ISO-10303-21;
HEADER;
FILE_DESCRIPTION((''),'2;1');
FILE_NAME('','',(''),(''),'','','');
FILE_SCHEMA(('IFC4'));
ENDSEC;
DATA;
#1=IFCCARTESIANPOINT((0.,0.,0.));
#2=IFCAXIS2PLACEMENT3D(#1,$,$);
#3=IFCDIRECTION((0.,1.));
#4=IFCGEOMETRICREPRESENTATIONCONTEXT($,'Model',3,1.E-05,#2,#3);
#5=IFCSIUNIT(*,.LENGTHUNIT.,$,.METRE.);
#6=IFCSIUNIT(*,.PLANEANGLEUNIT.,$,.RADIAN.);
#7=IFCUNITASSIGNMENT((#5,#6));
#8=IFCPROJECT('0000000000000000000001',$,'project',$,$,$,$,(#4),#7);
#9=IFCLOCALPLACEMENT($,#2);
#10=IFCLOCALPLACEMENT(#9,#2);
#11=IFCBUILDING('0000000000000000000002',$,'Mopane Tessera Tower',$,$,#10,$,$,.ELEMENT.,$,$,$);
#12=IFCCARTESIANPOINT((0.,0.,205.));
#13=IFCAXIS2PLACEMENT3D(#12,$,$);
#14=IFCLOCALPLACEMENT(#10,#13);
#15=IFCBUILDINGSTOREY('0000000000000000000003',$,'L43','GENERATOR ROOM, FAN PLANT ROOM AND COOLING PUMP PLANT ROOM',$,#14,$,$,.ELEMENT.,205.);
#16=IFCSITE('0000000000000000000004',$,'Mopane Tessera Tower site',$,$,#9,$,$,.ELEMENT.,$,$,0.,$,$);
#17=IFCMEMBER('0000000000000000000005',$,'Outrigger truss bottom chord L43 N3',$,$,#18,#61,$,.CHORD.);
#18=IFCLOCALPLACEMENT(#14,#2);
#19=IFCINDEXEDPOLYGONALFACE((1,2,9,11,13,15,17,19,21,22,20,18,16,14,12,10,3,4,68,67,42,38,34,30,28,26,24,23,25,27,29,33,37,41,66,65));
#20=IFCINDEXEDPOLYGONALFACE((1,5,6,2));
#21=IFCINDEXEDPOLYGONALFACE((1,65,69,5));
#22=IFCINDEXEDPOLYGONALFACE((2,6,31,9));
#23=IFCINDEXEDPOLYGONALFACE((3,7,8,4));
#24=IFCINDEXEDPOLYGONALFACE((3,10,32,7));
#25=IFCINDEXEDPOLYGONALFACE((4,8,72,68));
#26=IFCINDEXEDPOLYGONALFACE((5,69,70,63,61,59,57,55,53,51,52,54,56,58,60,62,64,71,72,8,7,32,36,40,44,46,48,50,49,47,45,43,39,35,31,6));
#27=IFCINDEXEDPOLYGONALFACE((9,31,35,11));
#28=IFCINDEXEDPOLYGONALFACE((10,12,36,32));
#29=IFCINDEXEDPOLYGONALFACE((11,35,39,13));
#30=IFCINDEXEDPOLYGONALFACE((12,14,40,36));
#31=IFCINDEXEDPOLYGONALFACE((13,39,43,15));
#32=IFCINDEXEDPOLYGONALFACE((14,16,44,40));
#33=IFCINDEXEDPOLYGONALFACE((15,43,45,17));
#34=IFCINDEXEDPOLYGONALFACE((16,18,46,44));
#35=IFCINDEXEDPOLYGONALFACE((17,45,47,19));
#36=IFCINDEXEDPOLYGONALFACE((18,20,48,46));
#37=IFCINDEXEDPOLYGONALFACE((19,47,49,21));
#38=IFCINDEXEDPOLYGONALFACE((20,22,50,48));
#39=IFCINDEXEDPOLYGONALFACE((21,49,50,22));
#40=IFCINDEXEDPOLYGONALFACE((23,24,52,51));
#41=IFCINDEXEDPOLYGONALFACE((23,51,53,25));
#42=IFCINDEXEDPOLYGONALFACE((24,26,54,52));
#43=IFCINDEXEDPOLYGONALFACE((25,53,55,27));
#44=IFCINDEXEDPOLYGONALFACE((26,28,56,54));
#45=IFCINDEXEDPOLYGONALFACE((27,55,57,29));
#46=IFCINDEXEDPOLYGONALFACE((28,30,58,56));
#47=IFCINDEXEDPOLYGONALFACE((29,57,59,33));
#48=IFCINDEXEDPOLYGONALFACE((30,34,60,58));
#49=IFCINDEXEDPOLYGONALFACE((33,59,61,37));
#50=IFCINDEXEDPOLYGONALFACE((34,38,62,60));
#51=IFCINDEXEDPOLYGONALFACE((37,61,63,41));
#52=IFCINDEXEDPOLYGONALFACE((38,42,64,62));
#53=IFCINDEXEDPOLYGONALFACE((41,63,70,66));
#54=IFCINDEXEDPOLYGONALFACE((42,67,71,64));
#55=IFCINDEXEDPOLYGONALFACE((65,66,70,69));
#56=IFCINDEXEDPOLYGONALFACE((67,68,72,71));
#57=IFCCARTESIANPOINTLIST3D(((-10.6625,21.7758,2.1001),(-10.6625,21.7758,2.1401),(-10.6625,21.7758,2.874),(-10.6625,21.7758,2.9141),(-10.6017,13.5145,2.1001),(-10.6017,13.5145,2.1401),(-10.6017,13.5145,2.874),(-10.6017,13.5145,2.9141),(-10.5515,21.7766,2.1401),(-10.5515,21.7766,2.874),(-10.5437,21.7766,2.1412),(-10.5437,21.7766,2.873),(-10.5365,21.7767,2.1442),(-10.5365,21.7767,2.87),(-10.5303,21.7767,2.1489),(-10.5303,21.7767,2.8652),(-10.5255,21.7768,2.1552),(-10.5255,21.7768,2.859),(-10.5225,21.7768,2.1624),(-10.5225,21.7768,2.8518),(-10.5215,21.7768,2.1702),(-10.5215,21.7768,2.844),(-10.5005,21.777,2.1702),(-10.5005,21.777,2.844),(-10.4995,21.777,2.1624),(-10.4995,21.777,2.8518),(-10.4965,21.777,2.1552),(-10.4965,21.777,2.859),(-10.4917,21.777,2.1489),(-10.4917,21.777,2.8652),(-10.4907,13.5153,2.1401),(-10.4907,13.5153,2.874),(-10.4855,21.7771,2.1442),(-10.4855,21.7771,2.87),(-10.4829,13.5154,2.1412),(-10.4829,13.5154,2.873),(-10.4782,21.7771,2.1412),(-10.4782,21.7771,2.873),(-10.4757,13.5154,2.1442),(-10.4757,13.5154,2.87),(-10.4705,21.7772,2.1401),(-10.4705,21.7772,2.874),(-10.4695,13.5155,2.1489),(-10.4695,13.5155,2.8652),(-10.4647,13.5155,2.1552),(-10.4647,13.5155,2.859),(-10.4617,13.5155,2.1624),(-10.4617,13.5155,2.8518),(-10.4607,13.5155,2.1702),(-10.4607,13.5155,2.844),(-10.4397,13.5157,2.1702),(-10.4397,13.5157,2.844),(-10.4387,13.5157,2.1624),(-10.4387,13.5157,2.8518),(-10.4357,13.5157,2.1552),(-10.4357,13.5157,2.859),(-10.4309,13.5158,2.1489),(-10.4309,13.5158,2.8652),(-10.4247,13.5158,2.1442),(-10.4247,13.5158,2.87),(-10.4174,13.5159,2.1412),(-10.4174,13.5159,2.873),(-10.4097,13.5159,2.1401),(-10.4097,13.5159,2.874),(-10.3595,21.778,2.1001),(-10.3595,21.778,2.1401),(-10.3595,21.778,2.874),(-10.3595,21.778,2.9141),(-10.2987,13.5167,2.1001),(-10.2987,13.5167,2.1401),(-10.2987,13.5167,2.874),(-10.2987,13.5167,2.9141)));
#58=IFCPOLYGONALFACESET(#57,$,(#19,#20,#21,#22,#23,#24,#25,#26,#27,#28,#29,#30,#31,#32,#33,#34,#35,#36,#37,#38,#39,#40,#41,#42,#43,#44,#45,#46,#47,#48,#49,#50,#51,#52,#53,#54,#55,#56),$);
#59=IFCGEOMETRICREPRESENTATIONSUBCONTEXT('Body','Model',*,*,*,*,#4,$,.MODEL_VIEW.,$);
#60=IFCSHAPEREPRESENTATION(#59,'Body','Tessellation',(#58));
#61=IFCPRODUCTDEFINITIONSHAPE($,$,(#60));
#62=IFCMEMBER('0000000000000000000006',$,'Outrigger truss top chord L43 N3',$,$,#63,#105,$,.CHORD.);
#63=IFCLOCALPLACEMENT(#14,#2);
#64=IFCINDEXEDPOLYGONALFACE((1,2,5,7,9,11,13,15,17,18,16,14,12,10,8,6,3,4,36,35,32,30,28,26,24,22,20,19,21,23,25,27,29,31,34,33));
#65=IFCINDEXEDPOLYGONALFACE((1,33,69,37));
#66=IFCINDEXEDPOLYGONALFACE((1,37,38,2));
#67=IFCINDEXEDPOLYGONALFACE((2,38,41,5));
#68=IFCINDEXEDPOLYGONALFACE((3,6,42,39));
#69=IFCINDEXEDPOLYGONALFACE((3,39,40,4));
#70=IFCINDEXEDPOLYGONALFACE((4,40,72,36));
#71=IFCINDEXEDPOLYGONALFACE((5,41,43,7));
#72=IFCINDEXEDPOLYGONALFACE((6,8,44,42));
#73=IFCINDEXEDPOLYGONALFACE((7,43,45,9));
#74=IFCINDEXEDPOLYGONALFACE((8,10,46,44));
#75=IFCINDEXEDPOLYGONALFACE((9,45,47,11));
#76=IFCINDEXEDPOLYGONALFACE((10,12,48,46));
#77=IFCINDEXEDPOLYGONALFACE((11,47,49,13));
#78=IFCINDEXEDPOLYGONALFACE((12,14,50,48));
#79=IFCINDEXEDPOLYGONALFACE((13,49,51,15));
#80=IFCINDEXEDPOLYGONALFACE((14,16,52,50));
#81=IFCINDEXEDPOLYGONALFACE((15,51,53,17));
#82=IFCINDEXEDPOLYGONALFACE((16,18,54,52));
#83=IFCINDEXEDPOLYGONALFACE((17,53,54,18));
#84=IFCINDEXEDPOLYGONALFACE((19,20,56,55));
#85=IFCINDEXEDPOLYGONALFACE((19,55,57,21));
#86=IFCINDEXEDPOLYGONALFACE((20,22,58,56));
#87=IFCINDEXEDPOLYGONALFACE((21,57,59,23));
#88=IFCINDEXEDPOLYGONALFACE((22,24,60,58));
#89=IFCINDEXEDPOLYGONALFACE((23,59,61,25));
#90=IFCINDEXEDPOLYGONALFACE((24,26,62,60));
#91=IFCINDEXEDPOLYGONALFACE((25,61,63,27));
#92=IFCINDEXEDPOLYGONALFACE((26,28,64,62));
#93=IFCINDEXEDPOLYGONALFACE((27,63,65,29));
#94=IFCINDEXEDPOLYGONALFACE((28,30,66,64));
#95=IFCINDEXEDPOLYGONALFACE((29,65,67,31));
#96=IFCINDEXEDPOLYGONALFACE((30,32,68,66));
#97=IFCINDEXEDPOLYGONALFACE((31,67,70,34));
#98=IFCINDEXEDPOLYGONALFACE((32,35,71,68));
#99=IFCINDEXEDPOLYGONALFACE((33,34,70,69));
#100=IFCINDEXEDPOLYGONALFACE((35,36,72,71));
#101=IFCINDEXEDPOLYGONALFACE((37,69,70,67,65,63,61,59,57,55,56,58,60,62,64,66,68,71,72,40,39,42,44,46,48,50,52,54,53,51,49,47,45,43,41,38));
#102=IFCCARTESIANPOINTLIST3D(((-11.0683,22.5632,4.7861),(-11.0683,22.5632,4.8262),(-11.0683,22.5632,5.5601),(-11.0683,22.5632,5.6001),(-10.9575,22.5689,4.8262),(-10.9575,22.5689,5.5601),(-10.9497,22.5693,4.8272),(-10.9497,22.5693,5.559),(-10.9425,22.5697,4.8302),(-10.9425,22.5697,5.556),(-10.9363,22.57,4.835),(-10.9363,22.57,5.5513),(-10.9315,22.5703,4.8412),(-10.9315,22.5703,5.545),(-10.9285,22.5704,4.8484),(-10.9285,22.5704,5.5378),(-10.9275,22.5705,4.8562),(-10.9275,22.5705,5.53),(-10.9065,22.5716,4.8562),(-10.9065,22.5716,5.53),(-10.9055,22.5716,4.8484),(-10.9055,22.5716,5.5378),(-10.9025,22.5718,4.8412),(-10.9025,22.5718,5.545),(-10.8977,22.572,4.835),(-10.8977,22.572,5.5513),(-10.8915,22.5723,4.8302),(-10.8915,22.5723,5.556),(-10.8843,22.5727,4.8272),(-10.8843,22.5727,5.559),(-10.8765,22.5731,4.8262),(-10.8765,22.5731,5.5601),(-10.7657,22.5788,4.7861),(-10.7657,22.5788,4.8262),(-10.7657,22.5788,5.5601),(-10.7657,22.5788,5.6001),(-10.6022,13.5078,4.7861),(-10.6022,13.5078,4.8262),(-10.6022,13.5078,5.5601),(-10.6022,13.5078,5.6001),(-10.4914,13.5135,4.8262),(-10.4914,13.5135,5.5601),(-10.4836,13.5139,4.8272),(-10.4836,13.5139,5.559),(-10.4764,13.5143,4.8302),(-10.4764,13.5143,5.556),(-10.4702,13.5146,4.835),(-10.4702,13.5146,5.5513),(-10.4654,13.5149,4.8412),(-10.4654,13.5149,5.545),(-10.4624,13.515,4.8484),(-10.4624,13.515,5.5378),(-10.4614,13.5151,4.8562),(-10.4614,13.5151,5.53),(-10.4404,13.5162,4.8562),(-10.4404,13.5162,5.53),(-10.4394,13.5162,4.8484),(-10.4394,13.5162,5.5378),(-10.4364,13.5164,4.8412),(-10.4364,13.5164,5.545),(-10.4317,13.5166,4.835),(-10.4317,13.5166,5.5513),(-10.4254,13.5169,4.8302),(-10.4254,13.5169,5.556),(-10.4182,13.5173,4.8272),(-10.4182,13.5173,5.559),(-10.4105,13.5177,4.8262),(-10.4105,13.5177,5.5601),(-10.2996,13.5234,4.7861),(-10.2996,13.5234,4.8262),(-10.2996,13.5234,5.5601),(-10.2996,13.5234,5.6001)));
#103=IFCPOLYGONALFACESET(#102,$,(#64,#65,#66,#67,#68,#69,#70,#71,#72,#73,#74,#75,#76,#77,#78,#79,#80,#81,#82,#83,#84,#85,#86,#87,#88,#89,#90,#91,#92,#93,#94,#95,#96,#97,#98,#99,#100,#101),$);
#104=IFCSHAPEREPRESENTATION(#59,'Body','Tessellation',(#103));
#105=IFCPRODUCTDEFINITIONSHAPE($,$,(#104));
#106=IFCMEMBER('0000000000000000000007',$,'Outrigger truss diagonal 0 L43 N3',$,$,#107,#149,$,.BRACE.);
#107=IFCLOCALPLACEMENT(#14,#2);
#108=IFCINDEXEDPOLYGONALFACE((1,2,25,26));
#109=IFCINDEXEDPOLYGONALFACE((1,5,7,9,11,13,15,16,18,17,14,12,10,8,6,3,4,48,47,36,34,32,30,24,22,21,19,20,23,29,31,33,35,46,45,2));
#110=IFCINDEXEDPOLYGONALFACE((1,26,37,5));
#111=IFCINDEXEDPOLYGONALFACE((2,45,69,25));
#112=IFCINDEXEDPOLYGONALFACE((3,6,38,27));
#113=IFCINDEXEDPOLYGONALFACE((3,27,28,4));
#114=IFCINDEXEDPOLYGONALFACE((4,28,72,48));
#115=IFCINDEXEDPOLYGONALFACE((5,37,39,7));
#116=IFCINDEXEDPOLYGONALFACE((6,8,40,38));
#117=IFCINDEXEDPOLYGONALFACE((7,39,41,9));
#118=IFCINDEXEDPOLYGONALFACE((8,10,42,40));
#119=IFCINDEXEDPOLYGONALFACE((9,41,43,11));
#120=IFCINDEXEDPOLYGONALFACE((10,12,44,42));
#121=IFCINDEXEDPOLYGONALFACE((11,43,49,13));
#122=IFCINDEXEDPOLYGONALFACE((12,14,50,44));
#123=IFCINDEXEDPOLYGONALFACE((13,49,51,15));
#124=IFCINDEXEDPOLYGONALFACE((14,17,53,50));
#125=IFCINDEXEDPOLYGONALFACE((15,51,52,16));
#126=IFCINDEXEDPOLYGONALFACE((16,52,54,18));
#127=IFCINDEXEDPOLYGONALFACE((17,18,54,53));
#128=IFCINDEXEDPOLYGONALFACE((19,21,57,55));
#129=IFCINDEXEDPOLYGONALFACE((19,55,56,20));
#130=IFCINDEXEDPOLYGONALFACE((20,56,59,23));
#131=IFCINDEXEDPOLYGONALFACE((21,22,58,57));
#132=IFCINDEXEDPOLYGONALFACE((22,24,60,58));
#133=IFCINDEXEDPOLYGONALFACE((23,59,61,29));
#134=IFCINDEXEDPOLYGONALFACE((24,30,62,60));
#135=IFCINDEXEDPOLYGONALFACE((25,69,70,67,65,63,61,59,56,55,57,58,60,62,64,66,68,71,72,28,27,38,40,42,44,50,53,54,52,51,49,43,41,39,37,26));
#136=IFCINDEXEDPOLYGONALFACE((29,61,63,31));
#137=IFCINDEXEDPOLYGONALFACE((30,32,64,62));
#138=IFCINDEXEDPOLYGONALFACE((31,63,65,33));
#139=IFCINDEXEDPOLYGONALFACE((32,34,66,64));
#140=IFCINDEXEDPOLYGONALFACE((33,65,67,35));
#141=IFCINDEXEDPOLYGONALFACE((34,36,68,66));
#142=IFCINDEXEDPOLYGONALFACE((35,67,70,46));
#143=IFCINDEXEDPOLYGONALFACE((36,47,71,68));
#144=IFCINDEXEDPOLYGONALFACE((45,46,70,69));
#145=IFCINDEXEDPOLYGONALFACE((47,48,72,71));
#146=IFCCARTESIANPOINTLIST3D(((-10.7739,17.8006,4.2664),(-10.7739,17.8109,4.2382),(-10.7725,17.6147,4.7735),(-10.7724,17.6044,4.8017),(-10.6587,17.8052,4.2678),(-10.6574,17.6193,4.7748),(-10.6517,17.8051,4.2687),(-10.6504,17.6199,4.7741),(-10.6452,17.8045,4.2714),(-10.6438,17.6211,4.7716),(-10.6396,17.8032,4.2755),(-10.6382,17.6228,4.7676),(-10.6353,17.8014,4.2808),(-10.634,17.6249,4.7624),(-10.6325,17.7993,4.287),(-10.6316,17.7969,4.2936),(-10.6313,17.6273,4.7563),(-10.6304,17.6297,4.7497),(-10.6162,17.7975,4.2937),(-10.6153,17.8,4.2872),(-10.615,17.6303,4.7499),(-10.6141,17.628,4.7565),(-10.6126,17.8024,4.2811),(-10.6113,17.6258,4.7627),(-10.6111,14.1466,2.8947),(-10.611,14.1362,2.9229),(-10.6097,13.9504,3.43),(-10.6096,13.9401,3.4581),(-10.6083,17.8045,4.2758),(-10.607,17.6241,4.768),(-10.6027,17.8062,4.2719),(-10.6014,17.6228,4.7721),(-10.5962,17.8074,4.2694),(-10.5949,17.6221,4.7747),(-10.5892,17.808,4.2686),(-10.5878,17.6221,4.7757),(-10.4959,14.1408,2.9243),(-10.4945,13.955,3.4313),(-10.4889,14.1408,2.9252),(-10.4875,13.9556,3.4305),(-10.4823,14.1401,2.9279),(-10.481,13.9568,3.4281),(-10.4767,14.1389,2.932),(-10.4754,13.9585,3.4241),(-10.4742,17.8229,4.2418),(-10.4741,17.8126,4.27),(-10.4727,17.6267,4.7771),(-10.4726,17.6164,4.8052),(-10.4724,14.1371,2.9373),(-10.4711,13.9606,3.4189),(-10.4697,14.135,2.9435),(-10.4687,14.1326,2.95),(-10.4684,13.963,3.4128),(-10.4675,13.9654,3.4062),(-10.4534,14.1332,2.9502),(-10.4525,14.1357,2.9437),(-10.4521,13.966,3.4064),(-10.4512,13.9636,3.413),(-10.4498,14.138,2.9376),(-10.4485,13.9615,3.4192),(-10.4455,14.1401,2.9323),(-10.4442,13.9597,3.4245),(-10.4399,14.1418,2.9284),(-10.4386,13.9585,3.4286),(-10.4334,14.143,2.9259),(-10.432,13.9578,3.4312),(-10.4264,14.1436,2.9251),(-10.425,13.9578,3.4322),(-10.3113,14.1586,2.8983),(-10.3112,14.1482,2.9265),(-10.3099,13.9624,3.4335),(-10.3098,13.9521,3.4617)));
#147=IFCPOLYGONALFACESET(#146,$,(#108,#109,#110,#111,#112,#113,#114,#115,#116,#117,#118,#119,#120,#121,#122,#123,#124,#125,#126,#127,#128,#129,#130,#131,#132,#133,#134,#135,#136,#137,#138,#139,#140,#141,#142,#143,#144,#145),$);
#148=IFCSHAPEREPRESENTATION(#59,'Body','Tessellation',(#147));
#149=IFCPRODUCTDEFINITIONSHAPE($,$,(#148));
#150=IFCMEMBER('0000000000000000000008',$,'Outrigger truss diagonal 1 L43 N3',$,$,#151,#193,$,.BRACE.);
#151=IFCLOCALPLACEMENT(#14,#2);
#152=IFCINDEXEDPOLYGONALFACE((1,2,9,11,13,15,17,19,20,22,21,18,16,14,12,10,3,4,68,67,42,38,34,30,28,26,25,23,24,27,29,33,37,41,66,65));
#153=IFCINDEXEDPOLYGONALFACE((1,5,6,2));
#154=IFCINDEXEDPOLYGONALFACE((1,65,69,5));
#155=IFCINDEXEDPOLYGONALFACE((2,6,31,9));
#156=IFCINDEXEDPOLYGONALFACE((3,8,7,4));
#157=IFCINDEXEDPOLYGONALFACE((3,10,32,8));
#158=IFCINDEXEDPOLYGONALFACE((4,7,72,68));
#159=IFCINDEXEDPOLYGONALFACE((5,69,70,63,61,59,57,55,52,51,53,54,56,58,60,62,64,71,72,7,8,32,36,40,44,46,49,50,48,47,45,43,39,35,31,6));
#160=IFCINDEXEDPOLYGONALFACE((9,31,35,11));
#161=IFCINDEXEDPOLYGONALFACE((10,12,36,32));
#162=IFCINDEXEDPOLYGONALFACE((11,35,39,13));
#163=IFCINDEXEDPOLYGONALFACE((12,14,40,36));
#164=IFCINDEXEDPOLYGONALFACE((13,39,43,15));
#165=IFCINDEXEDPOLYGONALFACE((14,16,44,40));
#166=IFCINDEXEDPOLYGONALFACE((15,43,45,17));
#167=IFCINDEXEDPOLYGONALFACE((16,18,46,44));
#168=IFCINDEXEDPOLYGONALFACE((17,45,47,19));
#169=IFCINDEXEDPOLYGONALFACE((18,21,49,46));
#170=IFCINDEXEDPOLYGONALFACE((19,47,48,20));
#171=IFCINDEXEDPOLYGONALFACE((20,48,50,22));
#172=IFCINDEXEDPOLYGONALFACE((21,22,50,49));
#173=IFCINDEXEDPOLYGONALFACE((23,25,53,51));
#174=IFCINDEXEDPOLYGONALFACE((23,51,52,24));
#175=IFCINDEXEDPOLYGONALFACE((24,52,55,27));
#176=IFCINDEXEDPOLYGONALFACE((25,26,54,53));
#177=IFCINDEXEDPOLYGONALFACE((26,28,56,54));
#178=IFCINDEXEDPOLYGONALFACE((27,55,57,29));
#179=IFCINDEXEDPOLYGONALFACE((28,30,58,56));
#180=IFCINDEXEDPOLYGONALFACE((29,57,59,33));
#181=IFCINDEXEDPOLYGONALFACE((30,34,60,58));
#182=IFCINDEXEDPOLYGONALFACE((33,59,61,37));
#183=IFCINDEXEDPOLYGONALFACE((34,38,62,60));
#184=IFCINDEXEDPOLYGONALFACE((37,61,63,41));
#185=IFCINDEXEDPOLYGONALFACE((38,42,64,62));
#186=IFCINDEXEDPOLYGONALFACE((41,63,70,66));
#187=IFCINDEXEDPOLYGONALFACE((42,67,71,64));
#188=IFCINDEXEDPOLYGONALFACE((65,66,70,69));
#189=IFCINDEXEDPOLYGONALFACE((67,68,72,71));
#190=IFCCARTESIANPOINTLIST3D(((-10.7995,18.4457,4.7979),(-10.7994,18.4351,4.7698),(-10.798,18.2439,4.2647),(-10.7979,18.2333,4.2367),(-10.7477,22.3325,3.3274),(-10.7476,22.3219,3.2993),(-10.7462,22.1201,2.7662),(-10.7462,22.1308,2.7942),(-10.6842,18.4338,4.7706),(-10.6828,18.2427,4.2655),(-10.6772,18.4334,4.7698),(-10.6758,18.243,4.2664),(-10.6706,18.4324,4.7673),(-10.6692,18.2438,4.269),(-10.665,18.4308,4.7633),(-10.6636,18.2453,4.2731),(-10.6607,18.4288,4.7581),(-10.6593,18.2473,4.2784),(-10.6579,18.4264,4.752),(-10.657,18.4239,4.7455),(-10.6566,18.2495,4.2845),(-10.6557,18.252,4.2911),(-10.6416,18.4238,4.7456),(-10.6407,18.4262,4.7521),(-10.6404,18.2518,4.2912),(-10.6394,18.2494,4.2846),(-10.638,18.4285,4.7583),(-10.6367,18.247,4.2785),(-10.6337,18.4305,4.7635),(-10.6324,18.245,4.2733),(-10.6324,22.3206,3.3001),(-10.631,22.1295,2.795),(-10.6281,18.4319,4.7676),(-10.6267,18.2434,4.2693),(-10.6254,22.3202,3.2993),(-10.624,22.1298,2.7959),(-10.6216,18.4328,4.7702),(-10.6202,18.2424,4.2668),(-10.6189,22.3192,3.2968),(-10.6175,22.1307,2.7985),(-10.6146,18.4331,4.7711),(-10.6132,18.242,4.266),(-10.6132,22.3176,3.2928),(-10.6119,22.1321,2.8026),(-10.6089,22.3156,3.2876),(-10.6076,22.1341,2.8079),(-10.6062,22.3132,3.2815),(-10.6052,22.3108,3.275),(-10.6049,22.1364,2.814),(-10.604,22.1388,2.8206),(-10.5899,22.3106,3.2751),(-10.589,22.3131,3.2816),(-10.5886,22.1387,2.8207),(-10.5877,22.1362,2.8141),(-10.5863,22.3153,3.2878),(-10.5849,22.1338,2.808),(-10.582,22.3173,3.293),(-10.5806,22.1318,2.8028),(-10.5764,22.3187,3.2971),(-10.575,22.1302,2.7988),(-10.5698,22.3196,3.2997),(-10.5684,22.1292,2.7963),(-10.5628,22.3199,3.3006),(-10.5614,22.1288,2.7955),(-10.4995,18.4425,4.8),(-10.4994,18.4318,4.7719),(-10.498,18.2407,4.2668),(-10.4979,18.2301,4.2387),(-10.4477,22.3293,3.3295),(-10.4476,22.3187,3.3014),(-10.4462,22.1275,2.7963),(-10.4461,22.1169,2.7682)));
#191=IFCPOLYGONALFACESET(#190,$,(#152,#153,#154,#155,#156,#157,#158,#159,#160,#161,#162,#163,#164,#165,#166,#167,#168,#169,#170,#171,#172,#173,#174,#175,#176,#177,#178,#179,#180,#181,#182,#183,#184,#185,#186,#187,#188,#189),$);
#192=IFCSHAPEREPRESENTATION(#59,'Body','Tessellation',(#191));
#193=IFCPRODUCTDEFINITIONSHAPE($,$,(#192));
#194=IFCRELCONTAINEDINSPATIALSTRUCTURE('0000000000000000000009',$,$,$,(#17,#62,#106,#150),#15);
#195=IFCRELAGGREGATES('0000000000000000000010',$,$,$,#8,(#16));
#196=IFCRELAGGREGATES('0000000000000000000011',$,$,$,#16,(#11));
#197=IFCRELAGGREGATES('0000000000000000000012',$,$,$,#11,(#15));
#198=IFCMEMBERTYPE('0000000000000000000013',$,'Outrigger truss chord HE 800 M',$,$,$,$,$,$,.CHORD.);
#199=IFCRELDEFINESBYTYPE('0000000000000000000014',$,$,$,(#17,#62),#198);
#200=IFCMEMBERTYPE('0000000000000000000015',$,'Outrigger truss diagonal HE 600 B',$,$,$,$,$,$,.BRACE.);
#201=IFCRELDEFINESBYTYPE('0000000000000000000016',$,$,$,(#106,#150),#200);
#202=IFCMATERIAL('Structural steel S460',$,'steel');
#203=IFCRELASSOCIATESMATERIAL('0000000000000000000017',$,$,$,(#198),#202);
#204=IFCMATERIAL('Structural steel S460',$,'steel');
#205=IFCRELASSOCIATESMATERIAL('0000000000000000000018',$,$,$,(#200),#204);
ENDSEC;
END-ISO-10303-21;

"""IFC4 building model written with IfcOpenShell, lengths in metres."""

from ifc_helpers import new_model, si_unit, direction, frame, origin, origin_2d, place, context, subcontext, project, spatial, i_section, extrude, material, material_profile, profile_set, type_object, element, save


model = new_model("IFC4")

# Units and contexts
model_context = context("Model", 3, precision=1e-05, world=origin(), true_north=direction((0.0, 1.0)))
body_context = subcontext(model_context, "Body", "Model", "MODEL_VIEW")
ifc_project = project(units=[si_unit("LENGTHUNIT", "METRE"), si_unit("PLANEANGLEUNIT", "RADIAN")], contexts=[model_context])

# Site, building, storey
site_placement = place(None, origin())
site = spatial("IfcSite", under=ifc_project, at=site_placement, Name="Mopane Tessera Tower site", CompositionType="ELEMENT", RefElevation=0.0)
building_placement = place(site_placement, origin())
building = spatial("IfcBuilding", under=site, at=building_placement, Name="Mopane Tessera Tower", CompositionType="ELEMENT")
storey_placement = place(building_placement, frame((0.0, 0.0, 205.0)))
storey = spatial("IfcBuildingStorey", under=building, at=storey_placement, Name="L43", Description="GENERATOR ROOM, FAN PLANT ROOM AND COOLING PUMP PLANT ROOM", CompositionType="ELEMENT", Elevation=205.0)

# Members
ifc_material_1 = material(Name="Structural steel S460", Category="steel")
ifc_material_profile_1 = material_profile(ifc_material_1, i_section(OverallWidth=0.303, OverallDepth=0.814, WebThickness=0.021, FlangeThickness=0.04, FilletRadius=0.03, at=origin_2d()))
ifc_profile_set_1 = profile_set([ifc_material_profile_1], Name="Structural steel S460")
member_type_1 = type_object("IfcMemberType", Name="Outrigger truss chord HE 800 M", PredefinedType="CHORD", material=ifc_profile_set_1)
member_1_placement = place(storey_placement, frame((-10.4502, 13.5156, 2.5071), z_axis=(-0.007358, 0.999973, 0.0), x_axis=(-0.999973, -0.007358, 0.0)))
element("IfcMember", 1, at=member_1_placement, inside=storey, type_object=member_type_1, Name="Outrigger truss bottom chord L43 N3", PredefinedType="CHORD", context=body_context, shape_type="SweptSolid", body=[
    extrude(i_section(OverallWidth=0.303, OverallDepth=0.814, WebThickness=0.021, FlangeThickness=0.04, FilletRadius=0.03, at=origin_2d()), origin(), (0.0, 0.0, 1.0), 8.2615),
])
member_2_placement = place(storey_placement, frame((-10.4509, 13.5156, 5.1931), z_axis=(-0.0514, 0.998678, 0.0), x_axis=(-0.998678, -0.0514, 0.0)))
element("IfcMember", 2, at=member_2_placement, inside=storey, type_object=member_type_1, Name="Outrigger truss top chord L43 N3", PredefinedType="CHORD", context=body_context, shape_type="SweptSolid", body=[
    extrude(i_section(OverallWidth=0.303, OverallDepth=0.814, WebThickness=0.021, FlangeThickness=0.04, FilletRadius=0.03, at=origin_2d()), origin(), (0.0, 0.0, 1.0), 9.0674),
])
ifc_material_2 = material(Name="Structural steel S460", Category="steel")
ifc_material_profile_2 = material_profile(ifc_material_2, i_section(OverallWidth=0.3, OverallDepth=0.6001, WebThickness=0.0154, FlangeThickness=0.03, FilletRadius=0.0271, at=origin_2d()))
ifc_profile_set_2 = profile_set([ifc_material_profile_2], Name="Structural steel S460")
member_type_2 = type_object("IfcMemberType", Name="Outrigger truss diagonal HE 600 B", PredefinedType="BRACE", material=ifc_profile_set_2)
member_3_placement = place(storey_placement, frame((-10.4604, 14.0493, 3.1782), z_axis=(-0.041688, 0.938066, 0.343939), x_axis=(-0.999127, -0.040014, -0.011966)))
element("IfcMember", 3, at=member_3_placement, inside=storey, type_object=member_type_2, Name="Outrigger truss diagonal 0 L43 N3", PredefinedType="BRACE", context=body_context, shape_type="SweptSolid", body=[
    extrude(i_section(OverallWidth=0.3, OverallDepth=0.6001, WebThickness=0.0154, FlangeThickness=0.03, FilletRadius=0.0271, at=origin_2d()), origin(), (0.0, 0.0, 1.0), 3.9062),
])
member_4_placement = place(storey_placement, frame((-10.6487, 18.3379, 4.5183), z_axis=(0.012454, 0.935229, -0.353824), x_axis=(-0.999919, 0.010726, -0.006844)))
element("IfcMember", 4, at=member_4_placement, inside=storey, type_object=member_type_2, Name="Outrigger truss diagonal 1 L43 N3", PredefinedType="BRACE", context=body_context, shape_type="SweptSolid", body=[
    extrude(i_section(OverallWidth=0.3, OverallDepth=0.6001, WebThickness=0.0154, FlangeThickness=0.03, FilletRadius=0.0271, at=origin_2d()), origin(), (0.0, 0.0, 1.0), 4.156),
])

save(model, "model.ifc")
